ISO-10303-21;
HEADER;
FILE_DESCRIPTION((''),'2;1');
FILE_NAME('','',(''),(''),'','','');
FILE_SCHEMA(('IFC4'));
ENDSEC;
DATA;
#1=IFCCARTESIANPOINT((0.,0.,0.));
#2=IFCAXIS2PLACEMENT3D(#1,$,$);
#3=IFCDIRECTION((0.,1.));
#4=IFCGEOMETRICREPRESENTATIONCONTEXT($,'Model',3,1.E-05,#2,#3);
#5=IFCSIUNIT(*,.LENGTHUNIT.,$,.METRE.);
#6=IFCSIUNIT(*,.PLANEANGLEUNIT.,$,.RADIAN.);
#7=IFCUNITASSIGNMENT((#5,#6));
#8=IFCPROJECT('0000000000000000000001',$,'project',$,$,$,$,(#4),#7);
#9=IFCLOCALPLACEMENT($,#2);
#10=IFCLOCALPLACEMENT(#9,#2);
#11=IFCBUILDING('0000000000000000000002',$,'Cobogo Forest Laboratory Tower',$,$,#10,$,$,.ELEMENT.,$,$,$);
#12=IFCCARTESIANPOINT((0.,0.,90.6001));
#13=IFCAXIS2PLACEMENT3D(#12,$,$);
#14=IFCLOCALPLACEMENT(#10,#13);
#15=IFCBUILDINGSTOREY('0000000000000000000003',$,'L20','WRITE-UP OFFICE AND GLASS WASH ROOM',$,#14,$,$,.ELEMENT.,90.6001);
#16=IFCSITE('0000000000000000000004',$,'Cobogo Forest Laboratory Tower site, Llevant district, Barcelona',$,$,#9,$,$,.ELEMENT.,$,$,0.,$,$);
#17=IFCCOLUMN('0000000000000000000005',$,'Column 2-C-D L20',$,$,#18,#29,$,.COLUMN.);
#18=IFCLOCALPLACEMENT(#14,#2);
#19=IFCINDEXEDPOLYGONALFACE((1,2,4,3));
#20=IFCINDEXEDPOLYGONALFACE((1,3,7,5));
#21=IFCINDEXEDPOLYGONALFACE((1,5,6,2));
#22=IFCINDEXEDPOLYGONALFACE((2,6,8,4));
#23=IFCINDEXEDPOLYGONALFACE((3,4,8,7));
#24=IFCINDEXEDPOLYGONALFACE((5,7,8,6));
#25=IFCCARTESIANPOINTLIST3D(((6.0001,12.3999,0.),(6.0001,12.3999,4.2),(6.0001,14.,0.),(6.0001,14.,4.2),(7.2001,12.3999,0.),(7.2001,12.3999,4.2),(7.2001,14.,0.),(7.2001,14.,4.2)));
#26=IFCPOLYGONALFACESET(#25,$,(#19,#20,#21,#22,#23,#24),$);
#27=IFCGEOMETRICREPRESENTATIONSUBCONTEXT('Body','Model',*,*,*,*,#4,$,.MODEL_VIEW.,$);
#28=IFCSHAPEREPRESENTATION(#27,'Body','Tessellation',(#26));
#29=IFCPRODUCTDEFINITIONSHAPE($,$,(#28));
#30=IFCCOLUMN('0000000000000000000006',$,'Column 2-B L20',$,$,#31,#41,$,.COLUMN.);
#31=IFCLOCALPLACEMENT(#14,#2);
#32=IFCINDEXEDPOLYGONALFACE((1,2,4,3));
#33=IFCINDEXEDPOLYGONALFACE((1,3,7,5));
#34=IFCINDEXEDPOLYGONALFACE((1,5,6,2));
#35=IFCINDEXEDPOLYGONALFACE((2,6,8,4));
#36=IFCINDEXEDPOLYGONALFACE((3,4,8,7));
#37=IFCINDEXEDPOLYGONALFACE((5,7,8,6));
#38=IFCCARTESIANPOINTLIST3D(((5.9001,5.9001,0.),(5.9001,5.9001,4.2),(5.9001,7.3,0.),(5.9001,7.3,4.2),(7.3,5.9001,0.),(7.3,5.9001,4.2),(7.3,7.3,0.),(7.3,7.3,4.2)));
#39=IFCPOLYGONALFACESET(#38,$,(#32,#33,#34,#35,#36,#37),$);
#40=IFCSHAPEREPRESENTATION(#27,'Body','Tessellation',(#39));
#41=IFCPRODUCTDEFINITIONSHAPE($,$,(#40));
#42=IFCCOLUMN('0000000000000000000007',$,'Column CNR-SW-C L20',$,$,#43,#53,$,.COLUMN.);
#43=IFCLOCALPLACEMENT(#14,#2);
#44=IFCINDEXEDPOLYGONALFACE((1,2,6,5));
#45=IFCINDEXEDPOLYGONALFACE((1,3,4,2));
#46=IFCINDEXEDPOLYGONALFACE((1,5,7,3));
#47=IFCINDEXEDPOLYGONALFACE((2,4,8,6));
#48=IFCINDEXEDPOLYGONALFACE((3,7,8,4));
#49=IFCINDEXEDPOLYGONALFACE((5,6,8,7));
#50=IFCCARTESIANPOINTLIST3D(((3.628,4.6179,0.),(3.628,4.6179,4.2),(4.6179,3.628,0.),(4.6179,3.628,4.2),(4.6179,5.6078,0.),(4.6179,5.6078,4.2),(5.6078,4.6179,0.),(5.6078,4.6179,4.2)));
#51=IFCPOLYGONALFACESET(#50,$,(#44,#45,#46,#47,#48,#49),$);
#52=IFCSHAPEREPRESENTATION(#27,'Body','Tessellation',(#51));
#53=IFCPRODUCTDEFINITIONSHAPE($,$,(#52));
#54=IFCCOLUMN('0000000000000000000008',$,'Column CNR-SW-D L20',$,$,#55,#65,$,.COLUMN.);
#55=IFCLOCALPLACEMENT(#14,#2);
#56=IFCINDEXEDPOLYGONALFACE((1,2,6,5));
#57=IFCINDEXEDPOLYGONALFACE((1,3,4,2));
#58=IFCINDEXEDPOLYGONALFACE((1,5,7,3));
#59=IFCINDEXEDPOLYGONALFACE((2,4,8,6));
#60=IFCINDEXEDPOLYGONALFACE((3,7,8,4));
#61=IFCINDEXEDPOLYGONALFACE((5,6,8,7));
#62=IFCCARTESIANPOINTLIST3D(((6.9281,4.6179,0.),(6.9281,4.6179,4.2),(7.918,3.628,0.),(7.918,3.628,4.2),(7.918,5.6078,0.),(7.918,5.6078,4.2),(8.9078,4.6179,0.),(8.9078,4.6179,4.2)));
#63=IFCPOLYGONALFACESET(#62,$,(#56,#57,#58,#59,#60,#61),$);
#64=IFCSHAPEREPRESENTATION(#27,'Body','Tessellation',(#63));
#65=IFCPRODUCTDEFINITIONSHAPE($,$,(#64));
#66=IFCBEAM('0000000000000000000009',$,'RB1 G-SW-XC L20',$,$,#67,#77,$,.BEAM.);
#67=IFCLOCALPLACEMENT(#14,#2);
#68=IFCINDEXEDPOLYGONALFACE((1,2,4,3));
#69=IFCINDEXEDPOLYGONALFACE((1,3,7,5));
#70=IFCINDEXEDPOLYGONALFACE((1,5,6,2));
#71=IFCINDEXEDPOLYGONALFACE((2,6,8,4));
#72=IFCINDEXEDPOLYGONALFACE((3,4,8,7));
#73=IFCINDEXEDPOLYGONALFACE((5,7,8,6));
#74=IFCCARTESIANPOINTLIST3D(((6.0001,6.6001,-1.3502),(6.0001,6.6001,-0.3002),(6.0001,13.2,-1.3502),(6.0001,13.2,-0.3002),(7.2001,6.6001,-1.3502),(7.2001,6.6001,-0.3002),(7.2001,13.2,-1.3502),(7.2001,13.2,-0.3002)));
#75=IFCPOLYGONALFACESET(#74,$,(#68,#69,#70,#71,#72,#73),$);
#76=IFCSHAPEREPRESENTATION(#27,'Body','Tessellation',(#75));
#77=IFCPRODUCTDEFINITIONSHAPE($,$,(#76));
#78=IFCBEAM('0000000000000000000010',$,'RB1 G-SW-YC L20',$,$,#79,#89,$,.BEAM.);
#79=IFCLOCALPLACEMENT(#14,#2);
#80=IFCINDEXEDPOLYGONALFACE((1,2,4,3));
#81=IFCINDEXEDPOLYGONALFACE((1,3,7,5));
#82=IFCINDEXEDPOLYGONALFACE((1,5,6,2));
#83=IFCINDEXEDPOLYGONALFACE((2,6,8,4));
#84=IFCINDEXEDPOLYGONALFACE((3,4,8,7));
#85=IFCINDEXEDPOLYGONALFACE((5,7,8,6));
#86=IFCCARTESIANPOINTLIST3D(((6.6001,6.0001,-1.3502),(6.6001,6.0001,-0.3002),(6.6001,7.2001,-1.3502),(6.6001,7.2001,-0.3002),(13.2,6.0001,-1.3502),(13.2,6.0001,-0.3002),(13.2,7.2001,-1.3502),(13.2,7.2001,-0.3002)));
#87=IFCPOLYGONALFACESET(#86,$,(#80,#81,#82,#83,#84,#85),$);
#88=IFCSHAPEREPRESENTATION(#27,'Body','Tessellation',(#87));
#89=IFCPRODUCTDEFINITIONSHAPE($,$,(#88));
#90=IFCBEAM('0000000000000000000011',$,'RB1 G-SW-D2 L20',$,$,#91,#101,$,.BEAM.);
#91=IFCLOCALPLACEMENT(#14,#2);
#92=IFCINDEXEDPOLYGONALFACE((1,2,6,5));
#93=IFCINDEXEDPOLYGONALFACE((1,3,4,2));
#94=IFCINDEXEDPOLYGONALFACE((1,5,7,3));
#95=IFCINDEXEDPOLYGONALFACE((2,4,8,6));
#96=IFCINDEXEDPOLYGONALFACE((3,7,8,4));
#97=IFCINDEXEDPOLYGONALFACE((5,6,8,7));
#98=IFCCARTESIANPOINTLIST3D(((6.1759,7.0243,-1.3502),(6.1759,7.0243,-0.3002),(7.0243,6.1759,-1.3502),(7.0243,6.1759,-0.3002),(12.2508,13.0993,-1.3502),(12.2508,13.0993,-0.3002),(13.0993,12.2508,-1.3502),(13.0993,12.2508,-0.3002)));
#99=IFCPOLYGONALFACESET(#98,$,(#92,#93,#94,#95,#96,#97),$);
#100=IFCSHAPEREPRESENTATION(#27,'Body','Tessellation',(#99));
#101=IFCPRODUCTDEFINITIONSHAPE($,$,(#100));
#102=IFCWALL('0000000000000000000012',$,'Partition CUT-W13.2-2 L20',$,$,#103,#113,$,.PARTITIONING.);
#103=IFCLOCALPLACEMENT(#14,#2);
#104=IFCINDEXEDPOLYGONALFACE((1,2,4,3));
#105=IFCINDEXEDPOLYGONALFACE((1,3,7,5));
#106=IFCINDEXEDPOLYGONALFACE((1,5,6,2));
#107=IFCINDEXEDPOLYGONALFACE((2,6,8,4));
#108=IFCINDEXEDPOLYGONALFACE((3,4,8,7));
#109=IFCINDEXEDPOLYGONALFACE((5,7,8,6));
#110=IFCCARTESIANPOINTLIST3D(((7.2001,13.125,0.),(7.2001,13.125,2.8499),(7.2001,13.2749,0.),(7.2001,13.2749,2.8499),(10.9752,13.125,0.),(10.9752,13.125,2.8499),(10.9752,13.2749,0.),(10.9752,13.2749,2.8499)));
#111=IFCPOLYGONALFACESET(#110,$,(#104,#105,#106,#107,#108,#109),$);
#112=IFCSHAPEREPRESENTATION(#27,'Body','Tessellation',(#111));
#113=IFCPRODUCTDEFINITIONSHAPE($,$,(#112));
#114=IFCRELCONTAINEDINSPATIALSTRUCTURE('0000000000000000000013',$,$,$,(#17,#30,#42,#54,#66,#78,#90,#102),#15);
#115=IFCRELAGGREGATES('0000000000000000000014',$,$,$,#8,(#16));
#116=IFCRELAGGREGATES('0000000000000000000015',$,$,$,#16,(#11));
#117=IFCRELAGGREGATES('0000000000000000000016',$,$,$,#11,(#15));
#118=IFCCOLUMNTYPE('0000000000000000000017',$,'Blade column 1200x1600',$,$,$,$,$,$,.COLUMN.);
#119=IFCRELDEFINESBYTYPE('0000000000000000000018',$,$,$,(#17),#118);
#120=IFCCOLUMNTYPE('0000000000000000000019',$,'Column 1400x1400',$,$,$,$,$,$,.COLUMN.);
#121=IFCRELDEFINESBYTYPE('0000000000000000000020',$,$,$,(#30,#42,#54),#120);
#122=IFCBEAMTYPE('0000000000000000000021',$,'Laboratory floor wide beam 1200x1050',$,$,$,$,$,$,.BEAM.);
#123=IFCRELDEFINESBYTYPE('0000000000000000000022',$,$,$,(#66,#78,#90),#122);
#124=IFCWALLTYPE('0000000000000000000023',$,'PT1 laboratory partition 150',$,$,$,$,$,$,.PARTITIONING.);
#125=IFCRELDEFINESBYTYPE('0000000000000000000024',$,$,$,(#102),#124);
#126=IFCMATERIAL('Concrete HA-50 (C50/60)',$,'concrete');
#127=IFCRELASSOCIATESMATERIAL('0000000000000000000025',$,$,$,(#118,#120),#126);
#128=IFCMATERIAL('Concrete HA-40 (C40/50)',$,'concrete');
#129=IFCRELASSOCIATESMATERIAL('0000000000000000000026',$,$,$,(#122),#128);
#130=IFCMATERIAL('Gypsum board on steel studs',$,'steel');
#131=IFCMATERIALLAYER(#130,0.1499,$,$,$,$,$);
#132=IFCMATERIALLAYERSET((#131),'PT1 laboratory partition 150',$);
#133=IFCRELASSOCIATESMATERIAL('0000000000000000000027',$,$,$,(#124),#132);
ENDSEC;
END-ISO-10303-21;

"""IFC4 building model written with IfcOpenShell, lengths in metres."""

from ifc_helpers import new_model, si_unit, direction, frame, frame_2d, origin, origin_2d, place, context, subcontext, project, spatial, rectangle, extrude, material, layer, layer_set, material_profile, profile_set, type_object, element, save


model = new_model("IFC4")

# Units and contexts
model_context = context("Model", 3, precision=1e-05, world=origin(), true_north=direction((0.0, 1.0)))
body_context = subcontext(model_context, "Body", "Model", "MODEL_VIEW")
ifc_project = project(units=[si_unit("LENGTHUNIT", "METRE"), si_unit("PLANEANGLEUNIT", "RADIAN")], contexts=[model_context])

# Site, building, storey
site_placement = place(None, origin())
site = spatial("IfcSite", under=ifc_project, at=site_placement, Name="Cobogo Forest Laboratory Tower site, Llevant district, Barcelona", CompositionType="ELEMENT", RefElevation=0.0)
building_placement = place(site_placement, origin())
building = spatial("IfcBuilding", under=site, at=building_placement, Name="Cobogo Forest Laboratory Tower", CompositionType="ELEMENT")
storey_placement = place(building_placement, frame((0.0, 0.0, 90.6001)))
storey = spatial("IfcBuildingStorey", under=building, at=storey_placement, Name="L20", Description="WRITE-UP OFFICE AND GLASS WASH ROOM", CompositionType="ELEMENT", Elevation=90.6001)

# Columns
ifc_material_1 = material(Name="Concrete HA-50 (C50/60)", Category="concrete")
ifc_material_profile_1 = material_profile(ifc_material_1, rectangle(XDim=1.6001, YDim=1.2, at=origin_2d()), Name="RC 1200x1600")
ifc_profile_set_1 = profile_set([ifc_material_profile_1], Name="Concrete HA-50 (C50/60)")
column_type_1 = type_object("IfcColumnType", Name="Blade column 1200x1600", PredefinedType="COLUMN", material=ifc_profile_set_1)
column_placement = place(storey_placement, frame((6.6001, 13.2, 0.0), z_axis=(0.0, 0.0, 1.0), x_axis=(0.0, 1.0, 0.0)))
element("IfcColumn", 1, at=column_placement, inside=storey, type_object=column_type_1, Name="Column 2-C-D L20", PredefinedType="COLUMN", context=body_context, shape_type="SweptSolid", body=[
    extrude(rectangle(XDim=1.6001, YDim=1.2, at=origin_2d()), origin(), (0.0, 0.0, 1.0), 4.2),
])
ifc_material_profile_2 = material_profile(ifc_material_1, rectangle(XDim=1.3999, YDim=1.3999, at=origin_2d()), Name="RC 1400x1400")
ifc_profile_set_2 = profile_set([ifc_material_profile_2], Name="Concrete HA-50 (C50/60)")
column_type_2 = type_object("IfcColumnType", Name="Column 1400x1400", PredefinedType="COLUMN", material=ifc_profile_set_2)
for number, where, z_axis, x_axis, name in (
    (2, (6.6001, 6.6001, 0.0), (0.0, 0.0, 1.0), (1.0, 0.0, 0.0), "Column 2-B L20"),
    (3, (4.6179, 4.6179, 0.0), (0.0, 0.0, 1.0), (0.707107, 0.707107, 0.0), "Column CNR-SW-C L20"),
    (4, (7.918, 4.6179, 0.0), (0.0, 0.0, 1.0), (0.707107, 0.707107, 0.0), "Column CNR-SW-D L20"),
):
    element("IfcColumn", number, at=place(storey_placement, frame(where, z_axis=z_axis, x_axis=x_axis)), inside=storey, type_object=column_type_2, Name=name, PredefinedType="COLUMN", context=body_context, shape_type="SweptSolid", body=[
        extrude(rectangle(XDim=1.3999, YDim=1.3999, at=origin_2d()), origin(), (0.0, 0.0, 1.0), 4.2),
    ])

# Beams
ifc_material_2 = material(Name="Concrete HA-40 (C40/50)", Category="concrete")
ifc_material_profile_3 = material_profile(ifc_material_2, rectangle(XDim=1.2, YDim=1.05, at=origin_2d()), Name="RC 1200x1050")
ifc_profile_set_3 = profile_set([ifc_material_profile_3], Name="Concrete HA-40 (C40/50)")
beam_type = type_object("IfcBeamType", Name="Laboratory floor wide beam 1200x1050", PredefinedType="BEAM", material=ifc_profile_set_3)
for number, where, z_axis, x_axis, name in (
    (5, (6.6001, 6.6001, -0.8252), (0.0, 1.0, 0.0), (-1.0, 0.0, 0.0), "RB1 G-SW-XC L20"),
    (6, (6.6001, 6.6001, -0.8252), (1.0, 0.0, 0.0), (0.0, 1.0, 0.0), "RB1 G-SW-YC L20"),
):
    element("IfcBeam", number, at=place(storey_placement, frame(where, z_axis=z_axis, x_axis=x_axis)), inside=storey, type_object=beam_type, Name=name, PredefinedType="BEAM", context=body_context, shape_type="SweptSolid", body=[
        extrude(rectangle(XDim=1.2, YDim=1.05, at=origin_2d()), origin(), (0.0, 0.0, 1.0), 6.5999),
    ])
beam_placement = place(storey_placement, frame((6.6001, 6.6001, -0.8252), z_axis=(0.707107, 0.707107, 0.0), x_axis=(-0.707107, 0.707107, 0.0)))
element("IfcBeam", 7, at=beam_placement, inside=storey, type_object=beam_type, Name="RB1 G-SW-D2 L20", PredefinedType="BEAM", context=body_context, shape_type="SweptSolid", body=[
    extrude(rectangle(XDim=1.2, YDim=1.05, at=origin_2d()), origin(), (0.0, 0.0, 1.0), 8.5913),
])

# Wall
ifc_material_3 = material(Name="Gypsum board on steel studs", Category="steel")
ifc_layer = layer(ifc_material_3, 0.1499)
ifc_layer_set = layer_set([ifc_layer], Name="PT1 laboratory partition 150")
wall_type = type_object("IfcWallType", Name="PT1 laboratory partition 150", PredefinedType="PARTITIONING", material=ifc_layer_set)
wall_placement = place(storey_placement, frame((7.2, 13.2, 0.0), z_axis=(0.0, 0.0, 1.0), x_axis=(1.0, 0.0, 0.0)))
element("IfcWall", 8, at=wall_placement, inside=storey, type_object=wall_type, Name="Partition CUT-W13.2-2 L20", PredefinedType="PARTITIONING", context=body_context, shape_type="SweptSolid", body=[
    extrude(rectangle(XDim=3.7751, YDim=0.1499, at=frame_2d((1.8877, 0.0))), origin(), (0.0, 0.0, 1.0), 2.8499),
])

save(model, "model.ifc")
